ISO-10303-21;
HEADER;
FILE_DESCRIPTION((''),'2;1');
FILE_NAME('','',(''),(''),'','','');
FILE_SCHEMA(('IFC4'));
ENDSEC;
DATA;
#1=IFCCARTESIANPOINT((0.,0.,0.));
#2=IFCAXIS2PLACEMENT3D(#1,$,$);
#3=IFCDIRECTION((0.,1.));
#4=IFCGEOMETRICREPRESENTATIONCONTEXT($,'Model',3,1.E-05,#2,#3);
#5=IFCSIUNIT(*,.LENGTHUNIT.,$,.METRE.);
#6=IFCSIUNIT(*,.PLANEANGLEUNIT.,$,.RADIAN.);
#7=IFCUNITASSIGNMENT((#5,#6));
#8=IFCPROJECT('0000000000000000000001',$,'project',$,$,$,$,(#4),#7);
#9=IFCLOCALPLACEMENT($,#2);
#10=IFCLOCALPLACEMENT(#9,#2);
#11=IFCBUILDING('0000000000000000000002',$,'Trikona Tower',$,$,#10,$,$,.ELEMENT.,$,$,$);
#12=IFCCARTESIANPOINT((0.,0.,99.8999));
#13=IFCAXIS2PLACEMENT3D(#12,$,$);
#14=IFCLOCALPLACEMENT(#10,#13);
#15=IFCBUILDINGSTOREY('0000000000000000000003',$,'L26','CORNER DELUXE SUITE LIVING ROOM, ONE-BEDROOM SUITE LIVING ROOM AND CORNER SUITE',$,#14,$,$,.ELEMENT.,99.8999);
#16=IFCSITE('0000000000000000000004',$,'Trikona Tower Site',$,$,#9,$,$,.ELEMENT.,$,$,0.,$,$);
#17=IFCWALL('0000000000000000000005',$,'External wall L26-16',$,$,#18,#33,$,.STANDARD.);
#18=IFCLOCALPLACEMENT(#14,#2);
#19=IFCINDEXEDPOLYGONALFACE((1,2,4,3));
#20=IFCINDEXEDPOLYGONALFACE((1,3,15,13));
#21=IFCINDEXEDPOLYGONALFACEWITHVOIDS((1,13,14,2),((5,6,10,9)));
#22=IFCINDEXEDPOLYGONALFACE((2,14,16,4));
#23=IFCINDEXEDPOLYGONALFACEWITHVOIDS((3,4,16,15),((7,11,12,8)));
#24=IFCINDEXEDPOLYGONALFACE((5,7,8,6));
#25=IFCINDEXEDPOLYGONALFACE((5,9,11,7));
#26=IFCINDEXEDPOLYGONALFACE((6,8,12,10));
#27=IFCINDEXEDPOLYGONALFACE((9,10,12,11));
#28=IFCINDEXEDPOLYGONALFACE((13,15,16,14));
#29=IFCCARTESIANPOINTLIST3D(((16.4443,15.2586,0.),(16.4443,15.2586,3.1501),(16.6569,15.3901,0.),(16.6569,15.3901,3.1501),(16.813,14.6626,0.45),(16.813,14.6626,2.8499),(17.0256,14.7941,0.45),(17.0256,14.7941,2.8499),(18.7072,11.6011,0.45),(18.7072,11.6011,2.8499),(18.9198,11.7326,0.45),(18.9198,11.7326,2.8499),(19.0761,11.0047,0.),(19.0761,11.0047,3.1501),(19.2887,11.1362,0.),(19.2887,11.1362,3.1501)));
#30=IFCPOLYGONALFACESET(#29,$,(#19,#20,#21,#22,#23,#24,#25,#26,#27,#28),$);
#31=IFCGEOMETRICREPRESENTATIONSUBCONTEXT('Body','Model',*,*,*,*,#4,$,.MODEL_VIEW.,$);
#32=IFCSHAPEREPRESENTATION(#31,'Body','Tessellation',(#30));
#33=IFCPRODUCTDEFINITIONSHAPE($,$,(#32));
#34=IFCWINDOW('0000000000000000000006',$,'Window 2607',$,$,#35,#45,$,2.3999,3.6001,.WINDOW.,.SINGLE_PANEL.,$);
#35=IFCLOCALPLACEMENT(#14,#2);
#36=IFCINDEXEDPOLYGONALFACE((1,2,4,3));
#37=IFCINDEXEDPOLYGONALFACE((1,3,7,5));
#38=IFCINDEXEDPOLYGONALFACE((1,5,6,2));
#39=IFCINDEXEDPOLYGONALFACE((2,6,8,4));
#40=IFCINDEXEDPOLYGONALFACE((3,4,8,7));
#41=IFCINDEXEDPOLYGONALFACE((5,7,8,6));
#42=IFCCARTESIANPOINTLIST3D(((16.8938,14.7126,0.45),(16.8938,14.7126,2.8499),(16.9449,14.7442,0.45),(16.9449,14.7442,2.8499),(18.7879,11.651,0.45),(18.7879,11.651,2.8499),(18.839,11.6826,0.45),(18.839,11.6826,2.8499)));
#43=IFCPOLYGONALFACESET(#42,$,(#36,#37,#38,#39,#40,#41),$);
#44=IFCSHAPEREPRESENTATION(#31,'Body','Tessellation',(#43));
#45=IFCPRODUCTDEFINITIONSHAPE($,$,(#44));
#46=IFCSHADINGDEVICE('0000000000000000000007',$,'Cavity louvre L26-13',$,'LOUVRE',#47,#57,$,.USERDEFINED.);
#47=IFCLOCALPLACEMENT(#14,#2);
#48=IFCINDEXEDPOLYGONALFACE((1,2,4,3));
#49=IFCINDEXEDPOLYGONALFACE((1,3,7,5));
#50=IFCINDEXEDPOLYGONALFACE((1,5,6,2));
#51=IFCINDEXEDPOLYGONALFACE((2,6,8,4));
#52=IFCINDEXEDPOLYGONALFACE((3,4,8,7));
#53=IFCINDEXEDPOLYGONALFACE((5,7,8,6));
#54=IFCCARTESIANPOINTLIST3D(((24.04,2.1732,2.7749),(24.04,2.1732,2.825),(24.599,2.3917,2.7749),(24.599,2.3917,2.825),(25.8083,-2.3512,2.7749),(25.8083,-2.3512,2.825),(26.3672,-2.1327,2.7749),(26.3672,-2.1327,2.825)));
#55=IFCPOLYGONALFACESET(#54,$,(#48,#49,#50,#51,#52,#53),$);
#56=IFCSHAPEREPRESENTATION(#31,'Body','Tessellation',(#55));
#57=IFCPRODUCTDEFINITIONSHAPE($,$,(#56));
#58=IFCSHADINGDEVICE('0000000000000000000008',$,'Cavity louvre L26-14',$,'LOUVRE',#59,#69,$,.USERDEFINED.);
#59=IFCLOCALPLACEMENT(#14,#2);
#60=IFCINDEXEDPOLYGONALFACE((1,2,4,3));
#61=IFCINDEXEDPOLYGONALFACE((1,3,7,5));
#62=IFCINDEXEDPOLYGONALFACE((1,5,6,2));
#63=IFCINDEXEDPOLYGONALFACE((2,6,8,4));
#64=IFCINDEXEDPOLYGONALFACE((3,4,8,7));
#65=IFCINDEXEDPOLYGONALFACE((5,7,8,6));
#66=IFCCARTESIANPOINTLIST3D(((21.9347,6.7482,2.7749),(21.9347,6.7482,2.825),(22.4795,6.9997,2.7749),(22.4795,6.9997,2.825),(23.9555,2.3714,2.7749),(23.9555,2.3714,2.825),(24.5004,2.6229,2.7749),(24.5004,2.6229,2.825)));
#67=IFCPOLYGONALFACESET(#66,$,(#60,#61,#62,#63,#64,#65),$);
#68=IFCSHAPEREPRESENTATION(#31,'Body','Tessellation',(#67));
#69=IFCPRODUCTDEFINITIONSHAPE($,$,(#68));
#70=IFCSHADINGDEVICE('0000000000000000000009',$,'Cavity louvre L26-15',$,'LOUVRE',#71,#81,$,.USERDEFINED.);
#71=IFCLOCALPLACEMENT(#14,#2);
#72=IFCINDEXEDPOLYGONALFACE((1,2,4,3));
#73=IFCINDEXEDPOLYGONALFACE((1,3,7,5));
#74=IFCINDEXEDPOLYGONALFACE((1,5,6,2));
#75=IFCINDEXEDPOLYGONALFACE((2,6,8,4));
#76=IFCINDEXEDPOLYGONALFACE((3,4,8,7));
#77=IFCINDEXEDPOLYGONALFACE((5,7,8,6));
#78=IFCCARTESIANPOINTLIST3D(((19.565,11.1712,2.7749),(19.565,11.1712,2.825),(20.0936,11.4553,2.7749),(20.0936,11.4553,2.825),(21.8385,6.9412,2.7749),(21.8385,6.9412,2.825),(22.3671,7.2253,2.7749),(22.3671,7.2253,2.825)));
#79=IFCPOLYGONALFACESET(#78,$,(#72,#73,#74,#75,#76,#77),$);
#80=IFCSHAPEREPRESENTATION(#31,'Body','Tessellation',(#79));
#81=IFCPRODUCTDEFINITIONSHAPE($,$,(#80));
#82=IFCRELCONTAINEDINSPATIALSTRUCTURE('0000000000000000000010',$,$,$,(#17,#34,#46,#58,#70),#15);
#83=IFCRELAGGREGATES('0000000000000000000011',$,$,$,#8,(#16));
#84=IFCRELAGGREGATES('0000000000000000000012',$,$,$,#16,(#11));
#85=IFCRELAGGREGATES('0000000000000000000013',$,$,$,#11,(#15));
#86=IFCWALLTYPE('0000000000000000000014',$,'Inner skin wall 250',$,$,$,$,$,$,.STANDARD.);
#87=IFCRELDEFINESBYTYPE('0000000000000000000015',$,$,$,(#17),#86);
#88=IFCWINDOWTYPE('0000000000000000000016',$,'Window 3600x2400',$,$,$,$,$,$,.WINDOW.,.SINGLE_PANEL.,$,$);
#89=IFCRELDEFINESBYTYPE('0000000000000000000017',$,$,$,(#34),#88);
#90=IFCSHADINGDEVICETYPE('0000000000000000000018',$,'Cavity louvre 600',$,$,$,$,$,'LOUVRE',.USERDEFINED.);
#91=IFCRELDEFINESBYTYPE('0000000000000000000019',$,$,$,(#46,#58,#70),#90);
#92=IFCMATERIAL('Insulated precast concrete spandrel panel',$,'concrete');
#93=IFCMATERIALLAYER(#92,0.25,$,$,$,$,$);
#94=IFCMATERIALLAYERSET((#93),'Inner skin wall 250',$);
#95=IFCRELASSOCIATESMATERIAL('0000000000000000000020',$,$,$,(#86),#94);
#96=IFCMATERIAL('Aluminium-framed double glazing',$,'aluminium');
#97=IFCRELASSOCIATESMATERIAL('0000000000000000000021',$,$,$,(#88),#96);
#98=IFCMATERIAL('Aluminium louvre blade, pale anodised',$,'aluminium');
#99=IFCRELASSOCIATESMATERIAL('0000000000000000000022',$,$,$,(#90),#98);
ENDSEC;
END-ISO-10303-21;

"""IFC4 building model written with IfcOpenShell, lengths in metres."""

from ifc_helpers import new_model, si_unit, direction, frame, frame_2d, origin, origin_2d, place, context, subcontext, project, spatial, rectangle, extrude, material, layer, layer_set, type_object, element, fill, save


model = new_model("IFC4")

# Units and contexts
model_context = context("Model", 3, precision=1e-05, world=origin(), true_north=direction((0.0, 1.0)))
body_context = subcontext(model_context, "Body", "Model", "MODEL_VIEW")
ifc_project = project(units=[si_unit("LENGTHUNIT", "METRE"), si_unit("PLANEANGLEUNIT", "RADIAN")], contexts=[model_context])

# Site, building, storey
site_placement = place(None, origin())
site = spatial("IfcSite", under=ifc_project, at=site_placement, Name="Trikona Tower Site", CompositionType="ELEMENT", RefElevation=0.0)
building_placement = place(site_placement, origin())
building = spatial("IfcBuilding", under=site, at=building_placement, Name="Trikona Tower", CompositionType="ELEMENT")
storey_placement = place(building_placement, frame((0.0, 0.0, 99.8999)))
storey = spatial("IfcBuildingStorey", under=building, at=storey_placement, Name="L26", Description="CORNER DELUXE SUITE LIVING ROOM, ONE-BEDROOM SUITE LIVING ROOM AND CORNER SUITE", CompositionType="ELEMENT", Elevation=99.8999)

# Wall, opening, window
ifc_material_1 = material(Name="Insulated precast concrete spandrel panel", Category="concrete")
ifc_layer_1 = layer(ifc_material_1, 0.25)
ifc_layer_set_1 = layer_set([ifc_layer_1], Name="Inner skin wall 250")
wall_type = type_object("IfcWallType", Name="Inner skin wall 250", PredefinedType="STANDARD", material=ifc_layer_set_1)
ifc_material_2 = material(Name="Aluminium-framed double glazing", Category="aluminium")
window_type = type_object("IfcWindowType", Name="Window 3600x2400", PartitioningType="SINGLE_PANEL", PredefinedType="WINDOW", material=ifc_material_2)
wall_1_placement = place(storey_placement, frame((19.1824, 11.0706, 0.0), z_axis=(0.0, 0.0, 1.0), x_axis=(-0.526133, 0.850402, 0.0)))
wall_1 = element("IfcWall", 1, at=wall_1_placement, inside=storey, type_object=wall_type, Name="External wall L26-16", PredefinedType="STANDARD", context=body_context, shape_type="SweptSolid", body=[
    extrude(rectangle(XDim=5.0022, YDim=0.25, at=frame_2d((2.501, 0.0))), origin(), (0.0, 0.0, 1.0), 3.1501),
])
opening_1_placement = place(wall_1_placement, frame((0.7012, 0.0, 0.45)))
opening_1 = element("IfcOpeningElement", 2, at=opening_1_placement, cuts=wall_1, PredefinedType="OPENING", context=body_context, shape_type="SweptSolid", body=[
    extrude(rectangle(XDim=3.6001, YDim=2.3999, at=frame_2d((1.8, 1.2))), frame((0.0, 0.135, 0.0), z_axis=(0.0, -1.0, 0.0), x_axis=(1.0, 0.0, 0.0)), (0.0, 0.0, 1.0), 0.27),
])
window_1_placement = place(opening_1_placement, origin())
window_1 = element("IfcWindow", 3, at=window_1_placement, inside=storey, type_object=window_type, Name="Window 2607", OverallHeight=2.3999, OverallWidth=3.6001, PartitioningType="SINGLE_PANEL", PredefinedType="WINDOW", context=body_context, shape_type="SweptSolid", body=[
    extrude(rectangle(XDim=3.6001, YDim=2.3999, at=frame_2d((1.8, 1.2))), frame((0.0, 0.03, 0.0), z_axis=(0.0, -1.0, 0.0), x_axis=(1.0, 0.0, 0.0)), (0.0, 0.0, 1.0), 0.0601),
])
fill(opening_1, window_1)

# Shading devices
ifc_material_3 = material(Name="Aluminium louvre blade, pale anodised", Category="aluminium")
shading_device_type = type_object("IfcShadingDeviceType", Name="Cavity louvre 600", ElementType="LOUVRE", PredefinedType="USERDEFINED", material=ifc_material_3)
shading_device_1_placement = place(storey_placement, frame((25.2036, 0.0203, 2.7749), z_axis=(0.0, 0.0, 1.0), x_axis=(-0.364009, 0.931395, 0.0)))
element("IfcShadingDevice", 4, at=shading_device_1_placement, inside=storey, type_object=shading_device_type, Name="Cavity louvre L26-13", ObjectType="LOUVRE", PredefinedType="USERDEFINED", context=body_context, shape_type="SweptSolid", body=[
    extrude(rectangle(XDim=4.8577, YDim=0.6001, at=origin_2d()), origin(), (0.0, 0.0, 1.0), 0.05),
])
shading_device_2_placement = place(storey_placement, frame((23.2175, 4.6855, 2.7749), z_axis=(0.0, 0.0, 1.0), x_axis=(-0.419194, 0.907897, 0.0)))
element("IfcShadingDevice", 5, at=shading_device_2_placement, inside=storey, type_object=shading_device_type, Name="Cavity louvre L26-14", ObjectType="LOUVRE", PredefinedType="USERDEFINED", context=body_context, shape_type="SweptSolid", body=[
    extrude(rectangle(XDim=4.8208, YDim=0.6001, at=origin_2d()), origin(), (0.0, 0.0, 1.0), 0.05),
])
shading_device_3_placement = place(storey_placement, frame((20.9661, 9.1982, 2.7749), z_axis=(0.0, 0.0, 1.0), x_axis=(-0.473423, 0.880835, 0.0)))
element("IfcShadingDevice", 6, at=shading_device_3_placement, inside=storey, type_object=shading_device_type, Name="Cavity louvre L26-15", ObjectType="LOUVRE", PredefinedType="USERDEFINED", context=body_context, shape_type="SweptSolid", body=[
    extrude(rectangle(XDim=4.8022, YDim=0.6001, at=origin_2d()), origin(), (0.0, 0.0, 1.0), 0.05),
])

save(model, "model.ifc")
